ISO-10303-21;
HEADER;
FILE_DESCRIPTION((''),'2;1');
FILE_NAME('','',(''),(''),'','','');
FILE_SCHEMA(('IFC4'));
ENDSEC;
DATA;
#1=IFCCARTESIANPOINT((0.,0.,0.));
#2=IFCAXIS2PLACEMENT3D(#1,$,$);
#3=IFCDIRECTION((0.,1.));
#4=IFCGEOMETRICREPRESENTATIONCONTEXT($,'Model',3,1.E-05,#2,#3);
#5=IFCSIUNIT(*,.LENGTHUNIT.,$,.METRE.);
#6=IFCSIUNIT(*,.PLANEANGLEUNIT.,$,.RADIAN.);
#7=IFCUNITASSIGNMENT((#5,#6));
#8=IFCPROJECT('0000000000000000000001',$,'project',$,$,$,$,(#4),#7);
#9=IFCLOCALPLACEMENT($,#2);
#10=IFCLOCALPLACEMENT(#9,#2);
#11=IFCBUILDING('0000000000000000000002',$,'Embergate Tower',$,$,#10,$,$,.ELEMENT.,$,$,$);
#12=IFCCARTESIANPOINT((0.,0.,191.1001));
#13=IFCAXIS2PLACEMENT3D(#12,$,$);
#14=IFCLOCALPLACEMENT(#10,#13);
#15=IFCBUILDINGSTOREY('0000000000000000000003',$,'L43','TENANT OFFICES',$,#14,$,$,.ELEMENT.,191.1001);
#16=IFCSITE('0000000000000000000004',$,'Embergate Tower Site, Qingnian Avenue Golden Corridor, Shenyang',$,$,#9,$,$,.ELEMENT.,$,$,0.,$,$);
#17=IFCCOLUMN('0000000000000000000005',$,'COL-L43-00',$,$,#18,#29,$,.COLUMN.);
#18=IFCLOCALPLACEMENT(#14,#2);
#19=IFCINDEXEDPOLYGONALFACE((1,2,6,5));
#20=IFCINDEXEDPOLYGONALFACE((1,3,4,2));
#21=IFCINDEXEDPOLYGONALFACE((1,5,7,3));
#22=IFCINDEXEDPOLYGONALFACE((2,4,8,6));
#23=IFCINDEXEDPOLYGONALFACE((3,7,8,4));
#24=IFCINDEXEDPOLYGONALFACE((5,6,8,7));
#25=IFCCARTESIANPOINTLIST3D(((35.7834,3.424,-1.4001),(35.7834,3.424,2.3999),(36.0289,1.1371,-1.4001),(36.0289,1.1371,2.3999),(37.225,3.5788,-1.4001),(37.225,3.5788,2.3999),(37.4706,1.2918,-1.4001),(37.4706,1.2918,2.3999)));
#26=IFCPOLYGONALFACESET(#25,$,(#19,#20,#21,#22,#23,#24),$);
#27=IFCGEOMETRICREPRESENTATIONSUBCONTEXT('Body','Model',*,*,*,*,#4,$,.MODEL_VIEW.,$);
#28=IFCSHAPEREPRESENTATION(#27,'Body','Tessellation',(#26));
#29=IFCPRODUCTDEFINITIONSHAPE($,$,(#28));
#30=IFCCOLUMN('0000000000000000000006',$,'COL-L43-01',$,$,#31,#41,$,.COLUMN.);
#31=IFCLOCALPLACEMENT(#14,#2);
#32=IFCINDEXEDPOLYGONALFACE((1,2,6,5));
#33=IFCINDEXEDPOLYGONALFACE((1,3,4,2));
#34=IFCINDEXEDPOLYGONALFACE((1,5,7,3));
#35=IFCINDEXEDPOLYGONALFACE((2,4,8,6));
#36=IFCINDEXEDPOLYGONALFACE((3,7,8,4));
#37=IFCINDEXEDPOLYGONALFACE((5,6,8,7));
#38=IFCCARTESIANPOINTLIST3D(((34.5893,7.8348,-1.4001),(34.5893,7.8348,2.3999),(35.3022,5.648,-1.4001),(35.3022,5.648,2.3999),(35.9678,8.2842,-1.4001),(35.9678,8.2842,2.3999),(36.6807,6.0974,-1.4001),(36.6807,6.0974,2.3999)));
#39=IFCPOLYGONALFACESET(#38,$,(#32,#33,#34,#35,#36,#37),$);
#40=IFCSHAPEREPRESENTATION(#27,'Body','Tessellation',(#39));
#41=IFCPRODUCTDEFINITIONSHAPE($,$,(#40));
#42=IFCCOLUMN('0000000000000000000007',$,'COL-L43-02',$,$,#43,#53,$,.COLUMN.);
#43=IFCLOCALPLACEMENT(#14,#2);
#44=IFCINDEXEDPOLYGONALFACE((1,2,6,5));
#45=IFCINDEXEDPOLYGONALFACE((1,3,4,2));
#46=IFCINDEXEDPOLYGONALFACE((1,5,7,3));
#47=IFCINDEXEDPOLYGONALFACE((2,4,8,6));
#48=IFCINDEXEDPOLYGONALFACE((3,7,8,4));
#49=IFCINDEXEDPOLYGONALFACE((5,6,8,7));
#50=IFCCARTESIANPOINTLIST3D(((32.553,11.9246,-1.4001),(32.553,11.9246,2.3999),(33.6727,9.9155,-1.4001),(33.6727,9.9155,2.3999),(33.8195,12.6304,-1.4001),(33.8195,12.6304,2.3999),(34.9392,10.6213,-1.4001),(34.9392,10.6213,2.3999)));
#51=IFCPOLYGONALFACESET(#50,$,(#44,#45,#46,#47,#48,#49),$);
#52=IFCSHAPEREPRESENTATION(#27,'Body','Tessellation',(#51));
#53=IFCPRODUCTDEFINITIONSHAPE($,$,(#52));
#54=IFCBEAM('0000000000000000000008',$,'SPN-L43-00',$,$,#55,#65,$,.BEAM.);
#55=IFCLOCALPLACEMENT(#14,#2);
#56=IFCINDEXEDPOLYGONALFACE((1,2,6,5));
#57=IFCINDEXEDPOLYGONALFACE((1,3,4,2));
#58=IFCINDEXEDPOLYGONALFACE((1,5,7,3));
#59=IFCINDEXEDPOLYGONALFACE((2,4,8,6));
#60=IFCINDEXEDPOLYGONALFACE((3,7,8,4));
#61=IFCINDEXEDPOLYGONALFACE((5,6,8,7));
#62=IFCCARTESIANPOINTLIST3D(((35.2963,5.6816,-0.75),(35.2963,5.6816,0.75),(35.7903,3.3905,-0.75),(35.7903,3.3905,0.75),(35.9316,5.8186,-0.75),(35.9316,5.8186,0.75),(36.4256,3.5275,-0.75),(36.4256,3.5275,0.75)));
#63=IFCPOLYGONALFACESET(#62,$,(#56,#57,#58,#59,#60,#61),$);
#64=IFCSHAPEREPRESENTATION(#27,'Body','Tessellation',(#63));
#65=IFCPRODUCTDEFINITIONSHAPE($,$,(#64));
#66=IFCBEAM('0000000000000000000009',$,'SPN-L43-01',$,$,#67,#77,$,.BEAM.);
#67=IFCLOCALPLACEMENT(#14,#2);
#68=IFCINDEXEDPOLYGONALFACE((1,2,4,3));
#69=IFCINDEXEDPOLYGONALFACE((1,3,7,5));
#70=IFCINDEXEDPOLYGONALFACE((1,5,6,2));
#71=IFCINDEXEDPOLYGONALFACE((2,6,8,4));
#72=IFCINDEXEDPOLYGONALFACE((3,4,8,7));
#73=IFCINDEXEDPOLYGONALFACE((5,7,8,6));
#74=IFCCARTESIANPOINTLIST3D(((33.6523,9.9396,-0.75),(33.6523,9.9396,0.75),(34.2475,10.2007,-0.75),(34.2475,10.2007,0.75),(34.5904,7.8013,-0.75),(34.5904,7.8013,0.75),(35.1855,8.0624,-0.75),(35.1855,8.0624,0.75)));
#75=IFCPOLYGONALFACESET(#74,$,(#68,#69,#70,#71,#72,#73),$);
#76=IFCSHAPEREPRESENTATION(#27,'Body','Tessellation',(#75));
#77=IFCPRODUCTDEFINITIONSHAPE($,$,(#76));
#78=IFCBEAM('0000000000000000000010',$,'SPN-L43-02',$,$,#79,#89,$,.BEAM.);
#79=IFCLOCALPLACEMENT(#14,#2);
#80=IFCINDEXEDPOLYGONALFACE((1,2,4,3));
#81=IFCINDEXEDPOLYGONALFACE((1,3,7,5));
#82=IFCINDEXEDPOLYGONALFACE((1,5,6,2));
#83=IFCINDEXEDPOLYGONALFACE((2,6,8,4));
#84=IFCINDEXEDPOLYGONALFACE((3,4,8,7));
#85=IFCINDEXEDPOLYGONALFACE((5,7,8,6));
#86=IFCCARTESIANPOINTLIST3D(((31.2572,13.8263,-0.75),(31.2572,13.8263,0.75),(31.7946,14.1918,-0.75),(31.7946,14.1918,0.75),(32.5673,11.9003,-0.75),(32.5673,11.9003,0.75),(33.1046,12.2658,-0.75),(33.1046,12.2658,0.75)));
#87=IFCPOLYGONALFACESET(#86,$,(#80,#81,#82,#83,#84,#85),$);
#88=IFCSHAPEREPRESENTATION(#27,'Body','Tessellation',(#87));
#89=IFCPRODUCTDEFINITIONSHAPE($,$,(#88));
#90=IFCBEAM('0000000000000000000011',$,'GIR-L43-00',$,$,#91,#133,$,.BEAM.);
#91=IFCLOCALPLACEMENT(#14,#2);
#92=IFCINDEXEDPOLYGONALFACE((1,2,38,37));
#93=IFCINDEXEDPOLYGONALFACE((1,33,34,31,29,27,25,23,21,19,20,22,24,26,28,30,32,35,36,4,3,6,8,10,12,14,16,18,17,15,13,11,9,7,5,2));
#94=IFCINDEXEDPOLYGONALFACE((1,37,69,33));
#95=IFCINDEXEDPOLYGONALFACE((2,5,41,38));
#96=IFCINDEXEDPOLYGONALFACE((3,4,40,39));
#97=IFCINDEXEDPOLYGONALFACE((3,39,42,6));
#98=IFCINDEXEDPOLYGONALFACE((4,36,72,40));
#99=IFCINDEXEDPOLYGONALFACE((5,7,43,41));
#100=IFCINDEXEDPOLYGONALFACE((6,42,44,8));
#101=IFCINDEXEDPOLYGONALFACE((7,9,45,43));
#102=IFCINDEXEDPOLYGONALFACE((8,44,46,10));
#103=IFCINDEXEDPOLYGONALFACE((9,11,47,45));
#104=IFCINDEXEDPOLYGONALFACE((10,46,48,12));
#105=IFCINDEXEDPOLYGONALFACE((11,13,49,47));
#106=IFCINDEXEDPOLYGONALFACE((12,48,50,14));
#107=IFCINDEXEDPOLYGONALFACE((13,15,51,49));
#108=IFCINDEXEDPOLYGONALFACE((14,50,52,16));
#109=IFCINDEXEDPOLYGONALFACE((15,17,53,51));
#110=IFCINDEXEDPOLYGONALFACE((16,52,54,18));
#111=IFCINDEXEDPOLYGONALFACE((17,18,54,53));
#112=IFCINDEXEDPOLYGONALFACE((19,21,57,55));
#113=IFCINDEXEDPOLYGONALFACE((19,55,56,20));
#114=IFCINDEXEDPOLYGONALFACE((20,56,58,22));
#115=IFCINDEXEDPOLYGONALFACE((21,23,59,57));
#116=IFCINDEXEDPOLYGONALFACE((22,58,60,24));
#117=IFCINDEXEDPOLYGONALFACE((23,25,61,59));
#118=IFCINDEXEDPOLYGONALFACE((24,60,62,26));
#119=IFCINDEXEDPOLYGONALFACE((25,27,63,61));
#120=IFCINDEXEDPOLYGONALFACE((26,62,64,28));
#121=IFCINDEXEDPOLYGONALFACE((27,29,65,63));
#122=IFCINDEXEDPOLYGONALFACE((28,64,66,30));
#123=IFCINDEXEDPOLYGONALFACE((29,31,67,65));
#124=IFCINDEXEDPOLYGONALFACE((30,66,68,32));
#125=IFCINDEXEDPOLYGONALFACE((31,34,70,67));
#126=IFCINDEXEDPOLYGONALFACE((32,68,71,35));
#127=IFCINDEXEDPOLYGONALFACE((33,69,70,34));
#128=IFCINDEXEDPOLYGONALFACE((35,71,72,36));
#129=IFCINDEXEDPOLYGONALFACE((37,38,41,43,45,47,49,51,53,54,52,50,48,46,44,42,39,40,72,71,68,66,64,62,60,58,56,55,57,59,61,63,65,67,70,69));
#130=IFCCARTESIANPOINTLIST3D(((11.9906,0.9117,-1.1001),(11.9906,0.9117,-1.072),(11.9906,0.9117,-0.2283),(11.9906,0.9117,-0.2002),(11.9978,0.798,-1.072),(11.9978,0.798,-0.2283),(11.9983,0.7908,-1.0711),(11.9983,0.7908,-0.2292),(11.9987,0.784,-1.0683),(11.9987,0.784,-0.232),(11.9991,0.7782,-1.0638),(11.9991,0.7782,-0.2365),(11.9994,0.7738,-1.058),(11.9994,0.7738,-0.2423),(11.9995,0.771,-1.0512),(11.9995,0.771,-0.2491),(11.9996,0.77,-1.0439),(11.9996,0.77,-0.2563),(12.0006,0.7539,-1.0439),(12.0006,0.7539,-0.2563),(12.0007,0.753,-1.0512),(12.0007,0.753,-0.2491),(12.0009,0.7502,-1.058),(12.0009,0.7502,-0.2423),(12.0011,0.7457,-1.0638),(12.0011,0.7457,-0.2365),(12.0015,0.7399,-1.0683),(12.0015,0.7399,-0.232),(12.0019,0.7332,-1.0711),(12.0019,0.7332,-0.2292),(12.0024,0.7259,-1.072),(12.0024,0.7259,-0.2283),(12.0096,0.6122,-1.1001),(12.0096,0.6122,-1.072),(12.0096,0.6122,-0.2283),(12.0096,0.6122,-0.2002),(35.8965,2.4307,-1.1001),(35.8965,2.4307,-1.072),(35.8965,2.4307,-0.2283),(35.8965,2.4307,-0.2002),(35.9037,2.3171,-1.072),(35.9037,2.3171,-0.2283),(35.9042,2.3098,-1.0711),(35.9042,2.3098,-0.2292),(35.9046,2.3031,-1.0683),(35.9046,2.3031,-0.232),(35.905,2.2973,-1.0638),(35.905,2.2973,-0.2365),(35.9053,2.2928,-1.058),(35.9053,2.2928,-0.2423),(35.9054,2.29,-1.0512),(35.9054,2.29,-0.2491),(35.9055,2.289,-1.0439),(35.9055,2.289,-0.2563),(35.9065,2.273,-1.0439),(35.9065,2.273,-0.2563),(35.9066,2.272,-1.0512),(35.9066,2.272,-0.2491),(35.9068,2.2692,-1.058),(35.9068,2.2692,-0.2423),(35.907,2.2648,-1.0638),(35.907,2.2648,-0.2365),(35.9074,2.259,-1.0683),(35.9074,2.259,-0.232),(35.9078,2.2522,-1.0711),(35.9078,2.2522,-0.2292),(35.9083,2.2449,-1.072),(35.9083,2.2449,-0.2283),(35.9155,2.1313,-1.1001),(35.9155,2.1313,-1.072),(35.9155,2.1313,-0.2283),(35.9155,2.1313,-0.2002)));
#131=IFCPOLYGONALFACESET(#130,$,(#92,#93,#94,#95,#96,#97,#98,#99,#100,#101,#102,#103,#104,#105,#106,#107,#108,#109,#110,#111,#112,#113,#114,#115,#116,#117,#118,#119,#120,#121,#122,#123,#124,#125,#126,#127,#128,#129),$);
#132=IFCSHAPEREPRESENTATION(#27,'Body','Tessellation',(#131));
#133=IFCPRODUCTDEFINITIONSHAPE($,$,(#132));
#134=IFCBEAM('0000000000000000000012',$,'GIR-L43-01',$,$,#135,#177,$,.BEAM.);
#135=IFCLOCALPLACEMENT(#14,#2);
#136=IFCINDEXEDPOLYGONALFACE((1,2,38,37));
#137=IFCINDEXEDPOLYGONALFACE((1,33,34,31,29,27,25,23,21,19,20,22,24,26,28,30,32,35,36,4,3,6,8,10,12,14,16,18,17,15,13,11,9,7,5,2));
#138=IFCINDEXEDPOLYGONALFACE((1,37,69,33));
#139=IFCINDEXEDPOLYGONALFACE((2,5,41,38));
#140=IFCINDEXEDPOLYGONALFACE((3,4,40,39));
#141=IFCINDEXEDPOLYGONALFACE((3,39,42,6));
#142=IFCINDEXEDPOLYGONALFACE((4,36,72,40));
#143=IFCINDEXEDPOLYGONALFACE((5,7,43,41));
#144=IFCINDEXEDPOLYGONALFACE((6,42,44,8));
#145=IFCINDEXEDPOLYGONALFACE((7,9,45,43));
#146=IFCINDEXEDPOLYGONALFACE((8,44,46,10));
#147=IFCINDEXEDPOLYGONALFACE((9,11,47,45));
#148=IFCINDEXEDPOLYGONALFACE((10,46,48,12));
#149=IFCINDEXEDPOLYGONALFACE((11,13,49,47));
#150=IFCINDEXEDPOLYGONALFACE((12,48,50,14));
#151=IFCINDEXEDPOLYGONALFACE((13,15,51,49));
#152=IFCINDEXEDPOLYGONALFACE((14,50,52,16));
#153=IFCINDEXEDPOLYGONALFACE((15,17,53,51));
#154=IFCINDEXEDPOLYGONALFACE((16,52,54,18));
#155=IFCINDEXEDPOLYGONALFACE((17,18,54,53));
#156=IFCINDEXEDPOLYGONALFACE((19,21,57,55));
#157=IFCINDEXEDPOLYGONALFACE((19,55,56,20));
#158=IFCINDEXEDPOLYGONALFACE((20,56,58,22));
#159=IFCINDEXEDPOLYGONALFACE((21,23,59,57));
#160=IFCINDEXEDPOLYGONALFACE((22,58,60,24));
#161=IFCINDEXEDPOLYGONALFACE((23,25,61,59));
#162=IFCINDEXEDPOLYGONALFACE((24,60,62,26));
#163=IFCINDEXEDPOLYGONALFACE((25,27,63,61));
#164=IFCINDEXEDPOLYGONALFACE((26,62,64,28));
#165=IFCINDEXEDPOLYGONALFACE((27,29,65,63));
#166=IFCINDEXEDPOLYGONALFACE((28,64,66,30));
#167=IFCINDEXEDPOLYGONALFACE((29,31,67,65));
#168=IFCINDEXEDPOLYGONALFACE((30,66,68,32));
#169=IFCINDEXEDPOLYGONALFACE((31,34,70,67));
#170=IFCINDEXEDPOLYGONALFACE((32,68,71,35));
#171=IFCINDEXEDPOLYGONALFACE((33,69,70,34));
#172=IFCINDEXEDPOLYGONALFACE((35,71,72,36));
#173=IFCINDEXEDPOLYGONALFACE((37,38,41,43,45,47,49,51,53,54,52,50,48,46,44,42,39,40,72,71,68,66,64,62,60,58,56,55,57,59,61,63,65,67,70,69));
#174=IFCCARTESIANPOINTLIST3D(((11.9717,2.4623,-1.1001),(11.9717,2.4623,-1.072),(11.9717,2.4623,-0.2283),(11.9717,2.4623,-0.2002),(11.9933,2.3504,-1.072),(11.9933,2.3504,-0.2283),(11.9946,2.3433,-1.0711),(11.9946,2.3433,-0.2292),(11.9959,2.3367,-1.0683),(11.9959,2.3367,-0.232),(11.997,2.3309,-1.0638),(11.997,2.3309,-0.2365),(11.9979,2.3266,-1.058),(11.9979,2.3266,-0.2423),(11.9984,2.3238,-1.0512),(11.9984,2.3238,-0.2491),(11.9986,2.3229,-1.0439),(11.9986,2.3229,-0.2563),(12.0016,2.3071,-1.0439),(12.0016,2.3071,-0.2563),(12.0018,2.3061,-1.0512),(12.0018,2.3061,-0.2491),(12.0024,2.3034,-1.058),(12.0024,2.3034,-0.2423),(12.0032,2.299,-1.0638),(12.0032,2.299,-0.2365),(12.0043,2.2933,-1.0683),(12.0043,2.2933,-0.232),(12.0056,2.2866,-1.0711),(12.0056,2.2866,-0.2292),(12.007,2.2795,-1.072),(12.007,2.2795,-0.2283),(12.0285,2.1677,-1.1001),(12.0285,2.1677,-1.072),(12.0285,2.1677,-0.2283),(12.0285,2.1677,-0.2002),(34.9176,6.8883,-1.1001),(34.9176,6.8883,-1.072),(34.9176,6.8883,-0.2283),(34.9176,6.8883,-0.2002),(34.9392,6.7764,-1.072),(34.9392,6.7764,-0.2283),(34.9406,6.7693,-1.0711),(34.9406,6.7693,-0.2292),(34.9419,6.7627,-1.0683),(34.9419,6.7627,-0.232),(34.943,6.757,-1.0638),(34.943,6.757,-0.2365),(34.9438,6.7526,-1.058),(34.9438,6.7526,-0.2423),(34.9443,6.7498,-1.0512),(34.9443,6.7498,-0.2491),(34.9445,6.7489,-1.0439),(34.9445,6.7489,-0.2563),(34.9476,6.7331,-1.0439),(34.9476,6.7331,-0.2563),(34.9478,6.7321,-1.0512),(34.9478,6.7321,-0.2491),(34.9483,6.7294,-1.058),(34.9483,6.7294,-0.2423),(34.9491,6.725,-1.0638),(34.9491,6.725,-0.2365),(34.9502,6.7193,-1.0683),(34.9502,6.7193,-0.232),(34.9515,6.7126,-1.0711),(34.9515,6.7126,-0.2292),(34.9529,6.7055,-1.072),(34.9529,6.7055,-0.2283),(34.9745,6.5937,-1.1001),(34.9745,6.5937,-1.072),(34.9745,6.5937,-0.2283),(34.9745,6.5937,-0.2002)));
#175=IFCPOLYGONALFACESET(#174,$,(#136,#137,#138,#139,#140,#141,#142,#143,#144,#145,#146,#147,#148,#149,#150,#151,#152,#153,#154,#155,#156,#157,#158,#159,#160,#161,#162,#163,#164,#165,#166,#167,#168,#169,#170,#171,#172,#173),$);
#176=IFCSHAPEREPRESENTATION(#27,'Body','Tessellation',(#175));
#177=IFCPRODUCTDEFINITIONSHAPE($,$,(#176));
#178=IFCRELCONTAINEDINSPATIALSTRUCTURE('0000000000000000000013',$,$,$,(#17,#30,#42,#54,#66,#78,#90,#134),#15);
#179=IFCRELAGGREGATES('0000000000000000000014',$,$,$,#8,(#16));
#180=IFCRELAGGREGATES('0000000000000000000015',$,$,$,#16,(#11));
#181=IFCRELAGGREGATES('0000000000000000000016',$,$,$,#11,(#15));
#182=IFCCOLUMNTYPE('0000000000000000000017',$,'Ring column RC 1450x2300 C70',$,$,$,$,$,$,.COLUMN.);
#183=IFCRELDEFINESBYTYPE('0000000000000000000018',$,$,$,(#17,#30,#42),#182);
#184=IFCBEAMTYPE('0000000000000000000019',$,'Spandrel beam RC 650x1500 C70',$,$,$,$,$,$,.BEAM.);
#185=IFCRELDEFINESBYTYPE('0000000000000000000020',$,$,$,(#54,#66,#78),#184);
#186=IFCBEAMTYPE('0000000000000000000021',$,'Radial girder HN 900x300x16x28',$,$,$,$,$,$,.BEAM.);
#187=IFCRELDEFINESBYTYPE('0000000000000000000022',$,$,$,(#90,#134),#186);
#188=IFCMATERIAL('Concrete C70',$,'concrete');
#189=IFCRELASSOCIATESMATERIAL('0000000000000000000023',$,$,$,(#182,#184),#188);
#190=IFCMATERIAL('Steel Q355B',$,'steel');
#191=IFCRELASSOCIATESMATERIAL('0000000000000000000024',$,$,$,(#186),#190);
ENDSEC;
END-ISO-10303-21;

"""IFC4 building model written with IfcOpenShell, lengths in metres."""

from ifc_helpers import new_model, si_unit, direction, frame, origin, origin_2d, place, context, subcontext, project, spatial, rectangle, i_section, extrude, source, transform, mapped, material, material_profile, profile_set, type_object, element, save


model = new_model("IFC4")

# Units and contexts
model_context = context("Model", 3, precision=1e-05, world=origin(), true_north=direction((0.0, 1.0)))
body_context = subcontext(model_context, "Body", "Model", "MODEL_VIEW")
ifc_project = project(units=[si_unit("LENGTHUNIT", "METRE"), si_unit("PLANEANGLEUNIT", "RADIAN")], contexts=[model_context])

# Site, building, storey
site_placement = place(None, origin())
site = spatial("IfcSite", under=ifc_project, at=site_placement, Name="Embergate Tower Site, Qingnian Avenue Golden Corridor, Shenyang", CompositionType="ELEMENT", RefElevation=0.0)
building_placement = place(site_placement, origin())
building = spatial("IfcBuilding", under=site, at=building_placement, Name="Embergate Tower", CompositionType="ELEMENT")
storey_placement = place(building_placement, frame((0.0, 0.0, 191.1001)))
storey = spatial("IfcBuildingStorey", under=building, at=storey_placement, Name="L43", Description="TENANT OFFICES", CompositionType="ELEMENT", Elevation=191.1001)

# Columns
ifc_material_1 = material(Name="Concrete C70", Category="concrete")
ifc_material_profile_1 = material_profile(ifc_material_1, rectangle(XDim=1.45, YDim=2.3, at=origin_2d()), Name="RC 1450x2300")
ifc_profile_set_1 = profile_set([ifc_material_profile_1], Name="Concrete C70")
column_type = type_object("IfcColumnType", Name="Ring column RC 1450x2300 C70", PredefinedType="COLUMN", material=ifc_profile_set_1)
shared_shape_1 = source(origin(), body_context, "Body", "SweptSolid", [
    extrude(rectangle(XDim=1.45, YDim=2.3, at=origin_2d()), origin(), (0.0, 0.0, 1.0), 3.8),
])
for number, where, z_axis, x_axis, name in (
    (1, (36.627, 2.3579, -1.4001), (0.0, 0.0, 1.0), (0.994286, 0.10675, 0.0), "COL-L43-00"),
    (2, (35.635, 6.9661, -1.4001), (0.0, 0.0, 1.0), (0.950754, 0.309946, 0.0), "COL-L43-01"),
    (3, (33.7461, 11.2729, -1.4001), (0.0, 0.0, 1.0), (0.8735, 0.486823, 0.0), "COL-L43-02"),
):
    element("IfcColumn", number, at=place(storey_placement, frame(where, z_axis=z_axis, x_axis=x_axis)), inside=storey, type_object=column_type, Name=name, PredefinedType="COLUMN", context=body_context, shape_type="MappedRepresentation", body=[
        mapped(shared_shape_1, transform((0.0, 0.0, 0.0))),
    ])

# Beams
ifc_material_profile_2 = material_profile(ifc_material_1, rectangle(XDim=0.6499, YDim=1.5, at=origin_2d()), Name="RC 650x1500")
ifc_profile_set_2 = profile_set([ifc_material_profile_2], Name="Concrete C70")
beam_type_1 = type_object("IfcBeamType", Name="Spandrel beam RC 650x1500 C70", PredefinedType="BEAM", material=ifc_profile_set_2)
shared_shape_2 = source(origin(), body_context, "Body", "SweptSolid", [
    extrude(rectangle(XDim=0.6499, YDim=1.5, at=origin_2d()), origin(), (0.0, 0.0, 1.0), 2.3438),
])
beam_1_placement = place(storey_placement, frame((36.1079, 3.459, 0.0), z_axis=(-0.210738, 0.977543, 0.0), x_axis=(-0.977543, -0.210738, 0.0)))
element("IfcBeam", 4, at=beam_1_placement, inside=storey, type_object=beam_type_1, Name="SPN-L43-00", PredefinedType="BEAM", context=body_context, shape_type="MappedRepresentation", body=[
    mapped(shared_shape_2, transform((0.0, 0.0, 0.0))),
])
shared_shape_3 = source(origin(), body_context, "Body", "SweptSolid", [
    extrude(rectangle(XDim=0.6499, YDim=1.5, at=origin_2d()), origin(), (0.0, 0.0, 1.0), 2.335),
])
beam_2_placement = place(storey_placement, frame((34.8879, 7.9319, 0.0), z_axis=(-0.401729, 0.915759, 0.0), x_axis=(-0.915759, -0.401729, 0.0)))
element("IfcBeam", 5, at=beam_2_placement, inside=storey, type_object=beam_type_1, Name="SPN-L43-01", PredefinedType="BEAM", context=body_context, shape_type="MappedRepresentation", body=[
    mapped(shared_shape_3, transform((0.0, 0.0, 0.0))),
])
shared_shape_4 = source(origin(), body_context, "Body", "SweptSolid", [
    extrude(rectangle(XDim=0.6499, YDim=1.5, at=origin_2d()), origin(), (0.0, 0.0, 1.0), 2.3293),
])
beam_3_placement = place(storey_placement, frame((32.8359, 12.083, 0.0), z_axis=(-0.562416, 0.826854, 0.0), x_axis=(-0.826854, -0.562416, 0.0)))
element("IfcBeam", 6, at=beam_3_placement, inside=storey, type_object=beam_type_1, Name="SPN-L43-02", PredefinedType="BEAM", context=body_context, shape_type="MappedRepresentation", body=[
    mapped(shared_shape_4, transform((0.0, 0.0, 0.0))),
])
ifc_material_2 = material(Name="Steel Q355B", Category="steel")
ifc_material_profile_3 = material_profile(ifc_material_2, i_section(OverallWidth=0.3, OverallDepth=0.8999, WebThickness=0.0161, FlangeThickness=0.0281, FilletRadius=0.0281, at=origin_2d()), Name="HN 900x300x16x28")
ifc_profile_set_3 = profile_set([ifc_material_profile_3], Name="Steel Q355 grade B")
beam_type_2 = type_object("IfcBeamType", Name="Radial girder HN 900x300x16x28", PredefinedType="BEAM", material=ifc_profile_set_3)
shared_shape_5 = source(origin(), body_context, "Body", "SweptSolid", [
    extrude(i_section(OverallWidth=0.3, OverallDepth=0.8999, WebThickness=0.0161, FlangeThickness=0.0281, FilletRadius=0.0281, at=origin_2d()), origin(), (0.0, 0.0, 1.0), 23.9541),
])
beam_4_placement = place(storey_placement, frame((35.906, 2.281, -0.6501), z_axis=(-0.997987, -0.063414, 0.0), x_axis=(0.063414, -0.997987, 0.0)))
element("IfcBeam", 7, at=beam_4_placement, inside=storey, type_object=beam_type_2, Name="GIR-L43-00", PredefinedType="BEAM", context=body_context, shape_type="MappedRepresentation", body=[
    mapped(shared_shape_5, transform((0.0, 0.0, 0.0))),
])
shared_shape_6 = source(origin(), body_context, "Body", "SweptSolid", [
    extrude(i_section(OverallWidth=0.3, OverallDepth=0.8999, WebThickness=0.0161, FlangeThickness=0.0281, FilletRadius=0.0281, at=origin_2d()), origin(), (0.0, 0.0, 1.0), 23.3689),
])
beam_5_placement = place(storey_placement, frame((34.946, 6.741, -0.6501), z_axis=(-0.981901, -0.189397, 0.0), x_axis=(0.189397, -0.981901, 0.0)))
element("IfcBeam", 8, at=beam_5_placement, inside=storey, type_object=beam_type_2, Name="GIR-L43-01", PredefinedType="BEAM", context=body_context, shape_type="MappedRepresentation", body=[
    mapped(shared_shape_6, transform((0.0, 0.0, 0.0))),
])

save(model, "model.ifc")
